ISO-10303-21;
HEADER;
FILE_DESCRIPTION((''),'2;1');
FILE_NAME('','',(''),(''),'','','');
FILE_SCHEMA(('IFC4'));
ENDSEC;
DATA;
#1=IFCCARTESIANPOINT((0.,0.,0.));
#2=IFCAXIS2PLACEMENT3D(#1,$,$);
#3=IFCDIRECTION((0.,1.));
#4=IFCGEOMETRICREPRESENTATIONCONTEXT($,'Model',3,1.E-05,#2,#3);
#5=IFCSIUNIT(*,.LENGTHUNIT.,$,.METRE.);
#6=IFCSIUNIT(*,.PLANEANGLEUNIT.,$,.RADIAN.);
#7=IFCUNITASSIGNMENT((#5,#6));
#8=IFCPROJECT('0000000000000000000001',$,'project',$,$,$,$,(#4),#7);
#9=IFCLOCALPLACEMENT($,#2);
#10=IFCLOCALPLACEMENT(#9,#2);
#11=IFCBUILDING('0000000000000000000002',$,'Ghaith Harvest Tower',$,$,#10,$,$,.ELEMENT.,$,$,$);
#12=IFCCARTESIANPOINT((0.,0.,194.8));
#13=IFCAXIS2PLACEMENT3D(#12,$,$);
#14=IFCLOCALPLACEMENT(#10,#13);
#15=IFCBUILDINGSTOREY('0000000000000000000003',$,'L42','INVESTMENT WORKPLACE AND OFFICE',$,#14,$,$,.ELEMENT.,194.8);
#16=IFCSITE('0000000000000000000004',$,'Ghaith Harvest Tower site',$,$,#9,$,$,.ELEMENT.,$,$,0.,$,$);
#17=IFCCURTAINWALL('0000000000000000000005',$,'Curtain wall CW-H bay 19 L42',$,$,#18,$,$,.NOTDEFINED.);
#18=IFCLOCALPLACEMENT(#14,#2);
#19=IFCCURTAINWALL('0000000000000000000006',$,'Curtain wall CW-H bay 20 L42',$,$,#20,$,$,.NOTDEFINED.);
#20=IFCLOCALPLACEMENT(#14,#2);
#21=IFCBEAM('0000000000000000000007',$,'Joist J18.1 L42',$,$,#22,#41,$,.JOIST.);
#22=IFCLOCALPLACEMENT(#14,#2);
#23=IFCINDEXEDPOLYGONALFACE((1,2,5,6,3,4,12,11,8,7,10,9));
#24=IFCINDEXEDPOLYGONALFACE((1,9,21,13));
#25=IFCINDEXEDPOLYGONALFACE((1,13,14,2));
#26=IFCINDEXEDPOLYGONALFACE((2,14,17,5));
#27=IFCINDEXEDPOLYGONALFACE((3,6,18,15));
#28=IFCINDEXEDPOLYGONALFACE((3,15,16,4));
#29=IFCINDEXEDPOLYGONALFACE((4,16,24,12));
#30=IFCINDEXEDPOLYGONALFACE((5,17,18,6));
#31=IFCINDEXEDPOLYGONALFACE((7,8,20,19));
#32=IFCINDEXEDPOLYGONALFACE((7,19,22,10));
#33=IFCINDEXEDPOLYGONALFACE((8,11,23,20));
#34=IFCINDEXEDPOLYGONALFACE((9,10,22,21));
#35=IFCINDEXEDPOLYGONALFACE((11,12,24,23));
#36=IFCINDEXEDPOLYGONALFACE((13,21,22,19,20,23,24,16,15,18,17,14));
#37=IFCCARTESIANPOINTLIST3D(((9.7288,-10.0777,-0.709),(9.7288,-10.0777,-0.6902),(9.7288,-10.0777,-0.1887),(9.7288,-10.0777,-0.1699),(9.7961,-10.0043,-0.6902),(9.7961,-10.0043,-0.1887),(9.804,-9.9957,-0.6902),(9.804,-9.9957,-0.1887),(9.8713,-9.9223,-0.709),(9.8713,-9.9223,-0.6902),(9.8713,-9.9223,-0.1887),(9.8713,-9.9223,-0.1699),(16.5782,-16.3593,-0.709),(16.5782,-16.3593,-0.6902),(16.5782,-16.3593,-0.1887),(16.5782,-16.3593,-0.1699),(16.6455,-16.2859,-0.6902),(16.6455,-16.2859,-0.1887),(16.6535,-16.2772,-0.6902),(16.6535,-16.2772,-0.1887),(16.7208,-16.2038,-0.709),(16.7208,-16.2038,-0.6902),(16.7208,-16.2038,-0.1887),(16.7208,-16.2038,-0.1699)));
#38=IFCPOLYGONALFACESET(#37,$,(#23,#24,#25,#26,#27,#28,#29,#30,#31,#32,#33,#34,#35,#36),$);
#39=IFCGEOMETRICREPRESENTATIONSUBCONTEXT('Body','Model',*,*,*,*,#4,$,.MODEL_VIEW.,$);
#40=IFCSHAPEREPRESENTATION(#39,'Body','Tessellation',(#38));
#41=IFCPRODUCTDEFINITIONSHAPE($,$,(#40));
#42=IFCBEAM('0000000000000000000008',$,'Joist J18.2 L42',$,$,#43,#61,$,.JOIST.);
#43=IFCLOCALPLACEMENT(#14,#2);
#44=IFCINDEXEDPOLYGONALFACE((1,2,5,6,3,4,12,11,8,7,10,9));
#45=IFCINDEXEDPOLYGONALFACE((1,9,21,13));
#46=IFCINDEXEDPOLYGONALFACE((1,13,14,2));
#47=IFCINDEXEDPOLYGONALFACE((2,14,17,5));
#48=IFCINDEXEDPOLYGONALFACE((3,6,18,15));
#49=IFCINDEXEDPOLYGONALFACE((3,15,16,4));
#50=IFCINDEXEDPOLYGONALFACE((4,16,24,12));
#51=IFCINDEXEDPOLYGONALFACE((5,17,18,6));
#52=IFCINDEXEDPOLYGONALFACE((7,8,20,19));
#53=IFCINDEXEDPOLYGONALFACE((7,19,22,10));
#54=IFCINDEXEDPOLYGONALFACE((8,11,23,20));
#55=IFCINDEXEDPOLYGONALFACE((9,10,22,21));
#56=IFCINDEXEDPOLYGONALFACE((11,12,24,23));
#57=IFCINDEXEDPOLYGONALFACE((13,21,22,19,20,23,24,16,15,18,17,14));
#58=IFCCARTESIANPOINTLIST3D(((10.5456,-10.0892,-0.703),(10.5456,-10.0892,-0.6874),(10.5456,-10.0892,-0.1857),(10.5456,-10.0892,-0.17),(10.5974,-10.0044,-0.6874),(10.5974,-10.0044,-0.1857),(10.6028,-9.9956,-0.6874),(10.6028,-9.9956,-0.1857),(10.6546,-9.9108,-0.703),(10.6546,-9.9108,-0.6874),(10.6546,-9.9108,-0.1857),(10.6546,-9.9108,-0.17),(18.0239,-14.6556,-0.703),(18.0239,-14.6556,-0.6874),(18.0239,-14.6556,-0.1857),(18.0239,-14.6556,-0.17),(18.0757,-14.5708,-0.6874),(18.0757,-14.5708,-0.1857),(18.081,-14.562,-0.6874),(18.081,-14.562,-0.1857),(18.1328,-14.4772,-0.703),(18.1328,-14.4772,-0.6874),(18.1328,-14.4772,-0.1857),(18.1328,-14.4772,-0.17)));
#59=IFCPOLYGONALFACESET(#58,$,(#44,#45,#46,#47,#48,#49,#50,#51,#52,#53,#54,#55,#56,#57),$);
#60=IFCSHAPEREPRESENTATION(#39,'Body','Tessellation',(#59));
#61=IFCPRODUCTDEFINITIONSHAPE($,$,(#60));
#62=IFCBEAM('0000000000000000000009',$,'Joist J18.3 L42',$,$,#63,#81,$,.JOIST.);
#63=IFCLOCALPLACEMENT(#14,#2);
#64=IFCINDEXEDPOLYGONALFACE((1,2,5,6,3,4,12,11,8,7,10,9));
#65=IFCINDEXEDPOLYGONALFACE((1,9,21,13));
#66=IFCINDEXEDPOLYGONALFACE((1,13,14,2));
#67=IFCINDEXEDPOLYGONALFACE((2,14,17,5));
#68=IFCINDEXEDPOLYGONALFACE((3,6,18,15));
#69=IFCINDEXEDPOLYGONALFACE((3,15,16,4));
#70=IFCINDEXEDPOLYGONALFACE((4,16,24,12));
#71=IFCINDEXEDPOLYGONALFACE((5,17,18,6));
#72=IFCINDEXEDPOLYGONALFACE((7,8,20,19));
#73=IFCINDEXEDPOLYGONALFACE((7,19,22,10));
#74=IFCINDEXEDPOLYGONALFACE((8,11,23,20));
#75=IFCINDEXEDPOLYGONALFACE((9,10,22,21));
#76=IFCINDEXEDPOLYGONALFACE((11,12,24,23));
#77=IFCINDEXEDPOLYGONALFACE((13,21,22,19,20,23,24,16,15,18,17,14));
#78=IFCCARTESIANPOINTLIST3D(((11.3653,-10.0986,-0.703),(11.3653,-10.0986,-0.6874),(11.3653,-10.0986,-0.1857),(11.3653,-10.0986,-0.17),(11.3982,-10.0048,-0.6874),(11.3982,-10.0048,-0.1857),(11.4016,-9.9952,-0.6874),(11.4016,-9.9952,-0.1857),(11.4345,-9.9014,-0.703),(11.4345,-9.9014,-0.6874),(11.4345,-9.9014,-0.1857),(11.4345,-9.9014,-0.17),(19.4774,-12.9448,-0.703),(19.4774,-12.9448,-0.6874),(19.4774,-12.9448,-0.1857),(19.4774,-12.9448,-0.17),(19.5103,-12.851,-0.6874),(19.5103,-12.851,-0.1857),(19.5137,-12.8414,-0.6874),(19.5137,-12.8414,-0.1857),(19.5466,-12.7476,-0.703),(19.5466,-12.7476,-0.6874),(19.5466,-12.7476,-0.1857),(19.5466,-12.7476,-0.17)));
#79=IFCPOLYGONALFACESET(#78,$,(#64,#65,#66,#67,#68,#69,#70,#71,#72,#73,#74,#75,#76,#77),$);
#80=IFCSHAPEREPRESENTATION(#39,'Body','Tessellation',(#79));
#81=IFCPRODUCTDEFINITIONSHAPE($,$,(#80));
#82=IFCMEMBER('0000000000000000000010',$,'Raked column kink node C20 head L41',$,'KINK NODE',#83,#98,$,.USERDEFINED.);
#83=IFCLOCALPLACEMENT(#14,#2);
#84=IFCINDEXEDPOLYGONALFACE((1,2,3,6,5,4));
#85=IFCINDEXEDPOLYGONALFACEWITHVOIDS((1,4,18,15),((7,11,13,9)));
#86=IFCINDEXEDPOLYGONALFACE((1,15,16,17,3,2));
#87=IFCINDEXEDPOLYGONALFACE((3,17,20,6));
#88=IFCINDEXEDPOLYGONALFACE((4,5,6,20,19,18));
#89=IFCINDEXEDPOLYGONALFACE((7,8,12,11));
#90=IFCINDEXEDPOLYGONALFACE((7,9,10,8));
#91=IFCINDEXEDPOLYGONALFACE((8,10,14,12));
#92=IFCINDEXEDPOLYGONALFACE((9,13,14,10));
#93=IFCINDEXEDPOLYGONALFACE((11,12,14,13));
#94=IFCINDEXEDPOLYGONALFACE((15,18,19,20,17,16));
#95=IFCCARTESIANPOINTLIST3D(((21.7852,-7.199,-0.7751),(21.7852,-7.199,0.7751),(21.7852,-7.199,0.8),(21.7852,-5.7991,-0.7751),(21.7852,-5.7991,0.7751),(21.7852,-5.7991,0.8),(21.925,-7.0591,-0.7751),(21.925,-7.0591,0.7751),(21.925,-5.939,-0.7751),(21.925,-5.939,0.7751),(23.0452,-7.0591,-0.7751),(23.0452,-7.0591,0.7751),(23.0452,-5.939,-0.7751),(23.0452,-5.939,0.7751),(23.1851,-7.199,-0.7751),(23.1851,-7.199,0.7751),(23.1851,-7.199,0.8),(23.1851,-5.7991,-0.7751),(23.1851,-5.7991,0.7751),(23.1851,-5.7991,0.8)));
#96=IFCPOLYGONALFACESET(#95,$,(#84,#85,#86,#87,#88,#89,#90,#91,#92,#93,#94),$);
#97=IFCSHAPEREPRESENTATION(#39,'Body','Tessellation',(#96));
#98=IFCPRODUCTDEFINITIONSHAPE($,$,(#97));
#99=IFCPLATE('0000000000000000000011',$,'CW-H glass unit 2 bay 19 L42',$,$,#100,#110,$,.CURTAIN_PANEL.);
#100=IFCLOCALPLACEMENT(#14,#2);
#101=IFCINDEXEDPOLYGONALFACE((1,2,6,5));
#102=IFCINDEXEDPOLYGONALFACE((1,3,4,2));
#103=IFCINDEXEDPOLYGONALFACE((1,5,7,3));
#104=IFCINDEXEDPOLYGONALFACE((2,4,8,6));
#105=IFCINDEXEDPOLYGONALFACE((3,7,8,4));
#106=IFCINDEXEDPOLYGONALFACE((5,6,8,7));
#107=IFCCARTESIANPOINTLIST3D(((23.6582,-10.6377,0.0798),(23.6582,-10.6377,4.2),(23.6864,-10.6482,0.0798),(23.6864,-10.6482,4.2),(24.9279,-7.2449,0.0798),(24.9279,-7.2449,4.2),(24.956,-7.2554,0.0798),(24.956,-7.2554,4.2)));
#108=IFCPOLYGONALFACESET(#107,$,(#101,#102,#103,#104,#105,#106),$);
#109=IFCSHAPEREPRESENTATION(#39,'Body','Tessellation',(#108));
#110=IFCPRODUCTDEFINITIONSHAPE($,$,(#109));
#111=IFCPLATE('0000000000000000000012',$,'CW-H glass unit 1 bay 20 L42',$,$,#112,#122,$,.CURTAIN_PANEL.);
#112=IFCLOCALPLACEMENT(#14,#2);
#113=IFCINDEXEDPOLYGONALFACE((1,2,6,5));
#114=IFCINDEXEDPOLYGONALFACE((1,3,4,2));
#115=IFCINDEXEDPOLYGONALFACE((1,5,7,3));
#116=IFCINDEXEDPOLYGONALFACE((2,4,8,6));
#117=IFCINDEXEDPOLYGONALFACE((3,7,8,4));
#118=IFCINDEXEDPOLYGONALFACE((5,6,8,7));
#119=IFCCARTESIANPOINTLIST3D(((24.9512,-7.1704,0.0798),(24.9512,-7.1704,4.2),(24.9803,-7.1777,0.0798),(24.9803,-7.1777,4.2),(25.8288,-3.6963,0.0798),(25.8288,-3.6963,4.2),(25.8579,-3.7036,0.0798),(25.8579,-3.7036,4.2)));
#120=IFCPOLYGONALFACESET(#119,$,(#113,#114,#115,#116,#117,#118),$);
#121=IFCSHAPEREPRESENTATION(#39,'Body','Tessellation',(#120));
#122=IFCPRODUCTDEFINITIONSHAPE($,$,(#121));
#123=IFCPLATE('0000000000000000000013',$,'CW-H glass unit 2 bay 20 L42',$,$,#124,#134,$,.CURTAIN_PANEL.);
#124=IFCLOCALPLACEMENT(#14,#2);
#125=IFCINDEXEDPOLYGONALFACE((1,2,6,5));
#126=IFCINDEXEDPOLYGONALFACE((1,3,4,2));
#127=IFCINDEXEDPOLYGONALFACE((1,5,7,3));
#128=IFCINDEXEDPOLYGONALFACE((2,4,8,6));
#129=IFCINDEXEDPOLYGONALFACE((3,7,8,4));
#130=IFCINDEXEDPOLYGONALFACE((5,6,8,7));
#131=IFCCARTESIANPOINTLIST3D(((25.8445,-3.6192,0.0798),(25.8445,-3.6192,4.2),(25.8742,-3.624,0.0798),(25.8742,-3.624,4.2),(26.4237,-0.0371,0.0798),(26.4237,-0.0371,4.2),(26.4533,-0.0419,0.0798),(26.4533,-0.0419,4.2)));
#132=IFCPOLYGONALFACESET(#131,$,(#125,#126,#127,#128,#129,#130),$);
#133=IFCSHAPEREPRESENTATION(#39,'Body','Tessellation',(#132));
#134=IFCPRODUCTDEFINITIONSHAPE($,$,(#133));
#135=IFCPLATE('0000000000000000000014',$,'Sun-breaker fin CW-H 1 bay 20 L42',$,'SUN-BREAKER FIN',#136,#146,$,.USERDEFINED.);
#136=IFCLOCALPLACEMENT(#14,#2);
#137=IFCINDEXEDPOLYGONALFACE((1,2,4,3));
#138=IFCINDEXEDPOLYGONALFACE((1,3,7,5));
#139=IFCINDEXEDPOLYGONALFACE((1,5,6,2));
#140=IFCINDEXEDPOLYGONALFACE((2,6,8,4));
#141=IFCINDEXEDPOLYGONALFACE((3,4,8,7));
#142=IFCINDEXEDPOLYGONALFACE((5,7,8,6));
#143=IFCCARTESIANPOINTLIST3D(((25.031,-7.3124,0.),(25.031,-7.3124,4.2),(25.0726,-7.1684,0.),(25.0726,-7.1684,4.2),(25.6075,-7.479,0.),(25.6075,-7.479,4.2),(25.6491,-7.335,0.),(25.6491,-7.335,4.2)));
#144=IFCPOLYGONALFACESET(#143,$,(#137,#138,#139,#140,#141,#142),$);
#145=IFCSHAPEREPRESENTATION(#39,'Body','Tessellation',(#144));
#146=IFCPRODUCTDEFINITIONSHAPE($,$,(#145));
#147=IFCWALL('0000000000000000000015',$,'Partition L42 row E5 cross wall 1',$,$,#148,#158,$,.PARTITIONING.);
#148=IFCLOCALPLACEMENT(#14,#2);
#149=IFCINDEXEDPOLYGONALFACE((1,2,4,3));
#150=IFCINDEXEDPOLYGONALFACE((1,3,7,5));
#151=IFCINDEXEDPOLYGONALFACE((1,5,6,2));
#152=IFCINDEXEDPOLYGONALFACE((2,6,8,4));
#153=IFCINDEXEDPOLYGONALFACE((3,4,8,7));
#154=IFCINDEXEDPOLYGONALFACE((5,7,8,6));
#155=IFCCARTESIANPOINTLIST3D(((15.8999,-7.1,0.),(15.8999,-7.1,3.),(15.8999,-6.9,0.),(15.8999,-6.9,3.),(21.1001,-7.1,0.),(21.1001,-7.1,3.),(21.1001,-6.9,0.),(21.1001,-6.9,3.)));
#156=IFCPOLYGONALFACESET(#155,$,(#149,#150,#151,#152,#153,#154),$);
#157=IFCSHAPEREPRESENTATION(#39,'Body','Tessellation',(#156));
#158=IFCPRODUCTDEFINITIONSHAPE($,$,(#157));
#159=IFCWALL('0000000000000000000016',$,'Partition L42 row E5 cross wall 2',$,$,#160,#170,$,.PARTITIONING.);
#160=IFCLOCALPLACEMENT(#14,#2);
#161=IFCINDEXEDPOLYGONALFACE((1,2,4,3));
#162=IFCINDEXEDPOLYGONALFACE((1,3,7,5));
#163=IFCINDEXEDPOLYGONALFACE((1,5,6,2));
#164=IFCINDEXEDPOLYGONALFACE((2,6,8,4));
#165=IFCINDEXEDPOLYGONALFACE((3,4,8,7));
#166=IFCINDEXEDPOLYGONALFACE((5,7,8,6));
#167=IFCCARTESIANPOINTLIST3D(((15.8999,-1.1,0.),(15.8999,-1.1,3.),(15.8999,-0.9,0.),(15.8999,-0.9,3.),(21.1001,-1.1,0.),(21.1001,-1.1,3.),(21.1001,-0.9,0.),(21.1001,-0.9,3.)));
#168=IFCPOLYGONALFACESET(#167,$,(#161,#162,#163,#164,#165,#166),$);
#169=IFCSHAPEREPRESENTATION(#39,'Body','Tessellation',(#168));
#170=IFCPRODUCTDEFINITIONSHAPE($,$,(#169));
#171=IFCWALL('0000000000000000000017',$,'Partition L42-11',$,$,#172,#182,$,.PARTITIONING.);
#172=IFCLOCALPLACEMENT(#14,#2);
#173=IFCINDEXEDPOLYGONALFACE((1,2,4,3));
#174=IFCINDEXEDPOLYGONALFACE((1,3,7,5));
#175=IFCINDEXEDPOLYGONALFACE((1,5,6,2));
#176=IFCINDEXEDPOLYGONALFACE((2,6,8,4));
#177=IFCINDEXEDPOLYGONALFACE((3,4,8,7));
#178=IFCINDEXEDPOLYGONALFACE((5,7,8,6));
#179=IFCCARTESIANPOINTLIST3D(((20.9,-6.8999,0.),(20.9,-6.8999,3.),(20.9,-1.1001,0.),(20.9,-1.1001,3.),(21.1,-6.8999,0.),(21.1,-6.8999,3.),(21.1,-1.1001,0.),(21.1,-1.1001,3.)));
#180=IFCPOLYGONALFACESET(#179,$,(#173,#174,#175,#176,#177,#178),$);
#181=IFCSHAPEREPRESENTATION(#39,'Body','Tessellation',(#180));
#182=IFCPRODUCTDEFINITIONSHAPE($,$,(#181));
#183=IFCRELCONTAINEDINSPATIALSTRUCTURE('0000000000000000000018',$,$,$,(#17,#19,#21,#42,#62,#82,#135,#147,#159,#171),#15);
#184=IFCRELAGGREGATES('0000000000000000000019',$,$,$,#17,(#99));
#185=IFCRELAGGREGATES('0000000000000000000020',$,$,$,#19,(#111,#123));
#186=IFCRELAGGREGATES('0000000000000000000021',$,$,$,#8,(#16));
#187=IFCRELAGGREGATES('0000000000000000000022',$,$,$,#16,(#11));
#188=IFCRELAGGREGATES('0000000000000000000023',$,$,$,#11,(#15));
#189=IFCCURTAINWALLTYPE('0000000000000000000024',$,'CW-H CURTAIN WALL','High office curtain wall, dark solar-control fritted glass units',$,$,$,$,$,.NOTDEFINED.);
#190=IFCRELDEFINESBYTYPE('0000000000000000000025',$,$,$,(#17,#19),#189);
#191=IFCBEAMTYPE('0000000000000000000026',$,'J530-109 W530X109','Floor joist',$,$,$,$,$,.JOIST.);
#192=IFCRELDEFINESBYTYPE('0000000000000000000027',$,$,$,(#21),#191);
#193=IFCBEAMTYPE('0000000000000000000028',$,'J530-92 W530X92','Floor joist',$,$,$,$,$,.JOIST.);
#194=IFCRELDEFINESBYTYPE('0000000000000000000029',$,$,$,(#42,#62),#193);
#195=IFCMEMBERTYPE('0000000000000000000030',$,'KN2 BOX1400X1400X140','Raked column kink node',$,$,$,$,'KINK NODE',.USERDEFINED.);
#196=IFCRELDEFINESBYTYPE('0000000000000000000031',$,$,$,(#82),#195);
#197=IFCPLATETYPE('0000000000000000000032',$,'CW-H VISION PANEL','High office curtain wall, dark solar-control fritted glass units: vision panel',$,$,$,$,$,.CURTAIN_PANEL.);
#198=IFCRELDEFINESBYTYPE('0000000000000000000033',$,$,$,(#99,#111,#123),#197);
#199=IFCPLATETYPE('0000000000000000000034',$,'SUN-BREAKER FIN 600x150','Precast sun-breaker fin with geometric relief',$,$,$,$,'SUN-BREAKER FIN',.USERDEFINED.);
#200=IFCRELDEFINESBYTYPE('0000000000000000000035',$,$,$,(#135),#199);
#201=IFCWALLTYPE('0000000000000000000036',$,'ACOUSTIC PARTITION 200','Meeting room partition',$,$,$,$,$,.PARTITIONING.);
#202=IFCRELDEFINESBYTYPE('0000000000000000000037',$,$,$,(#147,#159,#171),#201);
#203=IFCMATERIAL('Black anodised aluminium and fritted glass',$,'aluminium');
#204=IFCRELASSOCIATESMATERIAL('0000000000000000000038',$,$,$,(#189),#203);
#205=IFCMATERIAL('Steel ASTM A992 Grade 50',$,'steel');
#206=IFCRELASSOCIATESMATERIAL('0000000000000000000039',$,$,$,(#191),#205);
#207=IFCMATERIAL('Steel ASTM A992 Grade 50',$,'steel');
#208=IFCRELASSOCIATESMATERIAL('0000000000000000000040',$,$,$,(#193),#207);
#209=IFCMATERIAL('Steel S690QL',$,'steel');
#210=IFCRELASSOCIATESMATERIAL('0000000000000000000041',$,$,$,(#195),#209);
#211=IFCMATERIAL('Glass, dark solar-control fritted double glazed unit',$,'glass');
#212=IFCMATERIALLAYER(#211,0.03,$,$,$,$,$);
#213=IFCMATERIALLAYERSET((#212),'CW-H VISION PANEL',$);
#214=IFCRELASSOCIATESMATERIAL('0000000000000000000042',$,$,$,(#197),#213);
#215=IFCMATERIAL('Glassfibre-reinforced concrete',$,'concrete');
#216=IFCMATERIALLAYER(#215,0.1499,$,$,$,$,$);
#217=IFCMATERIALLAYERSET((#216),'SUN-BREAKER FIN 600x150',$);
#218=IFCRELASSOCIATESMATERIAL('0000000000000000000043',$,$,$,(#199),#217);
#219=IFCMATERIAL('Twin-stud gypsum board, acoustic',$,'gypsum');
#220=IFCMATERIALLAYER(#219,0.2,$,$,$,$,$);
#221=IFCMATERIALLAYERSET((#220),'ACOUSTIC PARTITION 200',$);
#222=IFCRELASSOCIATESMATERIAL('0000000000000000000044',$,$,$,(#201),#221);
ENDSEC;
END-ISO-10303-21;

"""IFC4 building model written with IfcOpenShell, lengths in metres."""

from ifc_helpers import new_model, si_unit, direction, frame, frame_2d, origin, origin_2d, place, context, subcontext, project, spatial, rectangle, hollow_rectangle, i_section, extrude, boolean, material, layer, layer_set, material_profile, profile_set, type_object, element, aggregate, save


model = new_model("IFC4")

# Units and contexts
model_context = context("Model", 3, precision=1e-05, world=origin(), true_north=direction((0.0, 1.0)))
body_context = subcontext(model_context, "Body", "Model", "MODEL_VIEW")
ifc_project = project(units=[si_unit("LENGTHUNIT", "METRE"), si_unit("PLANEANGLEUNIT", "RADIAN")], contexts=[model_context])

# Site, building, storey
site_placement = place(None, origin())
site = spatial("IfcSite", under=ifc_project, at=site_placement, Name="Ghaith Harvest Tower site", CompositionType="ELEMENT", RefElevation=0.0)
building_placement = place(site_placement, origin())
building = spatial("IfcBuilding", under=site, at=building_placement, Name="Ghaith Harvest Tower", CompositionType="ELEMENT")
storey_placement = place(building_placement, frame((0.0, 0.0, 194.8)))
storey = spatial("IfcBuildingStorey", under=building, at=storey_placement, Name="L42", Description="INVESTMENT WORKPLACE AND OFFICE", CompositionType="ELEMENT", Elevation=194.8)

# Curtain wall
ifc_material_1 = material(Name="Black anodised aluminium and fritted glass", Category="aluminium")
curtain_wall_type = type_object("IfcCurtainWallType", Name="CW-H CURTAIN WALL", Description="High office curtain wall, dark solar-control fritted glass units", PredefinedType="NOTDEFINED", material=ifc_material_1)
curtain_wall_1_placement = place(storey_placement, origin())
curtain_wall_1 = element("IfcCurtainWall", 1, at=curtain_wall_1_placement, inside=storey, type_object=curtain_wall_type, Name="Curtain wall CW-H bay 19 L42", PredefinedType="NOTDEFINED")

# Curtain wall
curtain_wall_2_placement = place(storey_placement, origin())
curtain_wall_2 = element("IfcCurtainWall", 2, at=curtain_wall_2_placement, inside=storey, type_object=curtain_wall_type, Name="Curtain wall CW-H bay 20 L42", PredefinedType="NOTDEFINED")

# Beams
ifc_material_2 = material(Name="Steel ASTM A992 Grade 50", Category="steel")
ifc_material_profile_1 = material_profile(ifc_material_2, i_section(OverallWidth=0.2109, OverallDepth=0.5391, WebThickness=0.0117, FlangeThickness=0.0188, at=origin_2d()), Name="W530X109")
ifc_profile_set_1 = profile_set([ifc_material_profile_1], Name="Steel ASTM A992 Grade 50")
beam_type_1 = type_object("IfcBeamType", Name="J530-109 W530X109", Description="Floor joist", PredefinedType="JOIST", material=ifc_profile_set_1)
beam_1_placement = place(storey_placement, frame((9.8, -10.0, -0.4395), z_axis=(0.736998, -0.675895, 0.0), x_axis=(0.675895, 0.736998, 0.0)))
element("IfcBeam", 3, at=beam_1_placement, inside=storey, type_object=beam_type_1, Name="Joist J18.1 L42", PredefinedType="JOIST", context=body_context, shape_type="SweptSolid", body=[
    extrude(i_section(OverallWidth=0.2109, OverallDepth=0.5391, WebThickness=0.0117, FlangeThickness=0.0188, at=origin_2d()), origin(), (0.0, 0.0, 1.0), 9.2937),
])
ifc_material_3 = material(Name="Steel ASTM A992 Grade 50", Category="steel")
ifc_material_profile_2 = material_profile(ifc_material_3, i_section(OverallWidth=0.209, OverallDepth=0.533, WebThickness=0.0103, FlangeThickness=0.0156, at=origin_2d()), Name="W530X92")
ifc_profile_set_2 = profile_set([ifc_material_profile_2], Name="Steel ASTM A992 Grade 50")
beam_type_2 = type_object("IfcBeamType", Name="J530-92 W530X92", Description="Floor joist", PredefinedType="JOIST", material=ifc_profile_set_2)
beam_2_placement = place(storey_placement, frame((10.6001, -10.0, -0.4365), z_axis=(0.853467, -0.521147, 0.0), x_axis=(0.521147, 0.853467, 0.0)))
element("IfcBeam", 4, at=beam_2_placement, inside=storey, type_object=beam_type_2, Name="Joist J18.2 L42", PredefinedType="JOIST", context=body_context, shape_type="SweptSolid", body=[
    extrude(i_section(OverallWidth=0.209, OverallDepth=0.533, WebThickness=0.0103, FlangeThickness=0.0156, at=origin_2d()), origin(), (0.0, 0.0, 1.0), 8.7622),
])
beam_3_placement = place(storey_placement, frame((11.3999, -10.0, -0.4365), z_axis=(0.943605, -0.331073, 0.0), x_axis=(0.331073, 0.943605, 0.0)))
element("IfcBeam", 5, at=beam_3_placement, inside=storey, type_object=beam_type_2, Name="Joist J18.3 L42", PredefinedType="JOIST", context=body_context, shape_type="SweptSolid", body=[
    extrude(i_section(OverallWidth=0.209, OverallDepth=0.533, WebThickness=0.0103, FlangeThickness=0.0156, at=origin_2d()), origin(), (0.0, 0.0, 1.0), 8.5969),
])

# Member
ifc_material_4 = material(Name="Steel S690QL", Category="steel")
ifc_material_profile_3 = material_profile(ifc_material_4, hollow_rectangle(XDim=1.3999, YDim=1.3999, WallThickness=0.1399, at=origin_2d()), Name="BOX1400X1400X140")
ifc_profile_set_3 = profile_set([ifc_material_profile_3], Name="Steel S690QL")
member_type_1 = type_object("IfcMemberType", Name="KN2 BOX1400X1400X140", Description="Raked column kink node", ElementType="KINK NODE", PredefinedType="USERDEFINED", material=ifc_profile_set_3)
member_1_placement = place(storey_placement, frame((22.4851, -6.499, -0.7751), z_axis=(0.0, 0.0, 1.0), x_axis=(1.0, 0.0, 0.0)))
element("IfcMember", 6, at=member_1_placement, inside=storey, type_object=member_type_1, Name="Raked column kink node C20 head L41", ObjectType="KINK NODE", PredefinedType="USERDEFINED", context=body_context, shape_type="CSG", body=[
    boolean("UNION", extrude(hollow_rectangle(XDim=1.3999, YDim=1.3999, WallThickness=0.1399, at=origin_2d()), origin(), (0.0, 0.0, 1.0), 1.5503), extrude(rectangle(XDim=1.3999, YDim=1.3999, at=origin_2d()), frame((0.0, 0.0, 1.5503)), (0.0, 0.0, 1.0), 0.0249)),
])

# Plates
ifc_material_5 = material(Name="Glass, dark solar-control fritted double glazed unit", Category="glass")
ifc_layer_1 = layer(ifc_material_5, 0.03)
ifc_layer_set_1 = layer_set([ifc_layer_1], Name="CW-H VISION PANEL")
plate_type_1 = type_object("IfcPlateType", Name="CW-H VISION PANEL", Description="High office curtain wall, dark solar-control fritted glass units: vision panel", PredefinedType="CURTAIN_PANEL", material=ifc_layer_set_1)
plate_1_placement = place(storey_placement, frame((24.3071, -8.9465, 0.0798), z_axis=(0.0, 0.0, 1.0), x_axis=(0.350481, 0.93657, 0.0)))
plate_1 = element("IfcPlate", 7, at=plate_1_placement, type_object=plate_type_1, Name="CW-H glass unit 2 bay 19 L42", PredefinedType="CURTAIN_PANEL", context=body_context, shape_type="SweptSolid", body=[
    extrude(rectangle(XDim=3.6226, YDim=0.03, at=origin_2d()), origin(), (0.0, 0.0, 1.0), 4.1201),
])
aggregate(curtain_wall_1, [plate_1])
plate_2_placement = place(storey_placement, frame((25.4045, -5.437, 0.0798), z_axis=(0.0, 0.0, 1.0), x_axis=(0.244926, 0.969542, 0.0)))
plate_2 = element("IfcPlate", 8, at=plate_2_placement, type_object=plate_type_1, Name="CW-H glass unit 1 bay 20 L42", PredefinedType="CURTAIN_PANEL", context=body_context, shape_type="SweptSolid", body=[
    extrude(rectangle(XDim=3.5833, YDim=0.03, at=origin_2d()), origin(), (0.0, 0.0, 1.0), 4.1201),
])
plate_3_placement = place(storey_placement, frame((26.1489, -1.8306, 0.0798), z_axis=(0.0, 0.0, 1.0), x_axis=(0.159601, 0.987182, 0.0)))
plate_3 = element("IfcPlate", 9, at=plate_3_placement, type_object=plate_type_1, Name="CW-H glass unit 2 bay 20 L42", PredefinedType="CURTAIN_PANEL", context=body_context, shape_type="SweptSolid", body=[
    extrude(rectangle(XDim=3.6287, YDim=0.03, at=origin_2d()), origin(), (0.0, 0.0, 1.0), 4.1201),
])
aggregate(curtain_wall_2, [plate_2, plate_3])
ifc_material_6 = material(Name="Glassfibre-reinforced concrete", Category="concrete")
ifc_layer_2 = layer(ifc_material_6, 0.1499)
ifc_layer_set_2 = layer_set([ifc_layer_2], Name="SUN-BREAKER FIN 600x150")
plate_type_2 = type_object("IfcPlateType", Name="SUN-BREAKER FIN 600x150", Description="Precast sun-breaker fin with geometric relief", ElementType="SUN-BREAKER FIN", PredefinedType="USERDEFINED", material=ifc_layer_set_2)
plate_4_placement = place(storey_placement, frame((25.3401, -7.3237, 0.0), z_axis=(0.0, 0.0, 1.0), x_axis=(0.96068, -0.277657, 0.0)))
element("IfcPlate", 10, at=plate_4_placement, inside=storey, type_object=plate_type_2, Name="Sun-breaker fin CW-H 1 bay 20 L42", ObjectType="SUN-BREAKER FIN", PredefinedType="USERDEFINED", context=body_context, shape_type="SweptSolid", body=[
    extrude(rectangle(XDim=0.6001, YDim=0.1499, at=origin_2d()), origin(), (0.0, 0.0, 1.0), 4.2),
])

# Walls
ifc_material_7 = material(Name="Twin-stud gypsum board, acoustic", Category="gypsum")
ifc_layer_3 = layer(ifc_material_7, 0.2)
ifc_layer_set_3 = layer_set([ifc_layer_3], Name="ACOUSTIC PARTITION 200")
wall_type_1 = type_object("IfcWallType", Name="ACOUSTIC PARTITION 200", Description="Meeting room partition", PredefinedType="PARTITIONING", material=ifc_layer_set_3)
for number, where, z_axis, x_axis, name in (
    (11, (15.8999, -7.0, 0.0), (0.0, 0.0, 1.0), (1.0, 0.0, 0.0), "Partition L42 row E5 cross wall 1"),
    (12, (15.8999, -1.0, 0.0), (0.0, 0.0, 1.0), (1.0, 0.0, 0.0), "Partition L42 row E5 cross wall 2"),
):
    element("IfcWall", number, at=place(storey_placement, frame(where, z_axis=z_axis, x_axis=x_axis)), inside=storey, type_object=wall_type_1, Name=name, PredefinedType="PARTITIONING", context=body_context, shape_type="SweptSolid", body=[
        extrude(rectangle(XDim=5.2002, YDim=0.2, at=frame_2d((2.6001, 0.0))), origin(), (0.0, 0.0, 1.0), 3.0),
    ])

# Wall
wall_1_placement = place(storey_placement, frame((21.0, -6.8999, 0.0), z_axis=(0.0, 0.0, 1.0), x_axis=(0.0, 1.0, 0.0)))
element("IfcWall", 13, at=wall_1_placement, inside=storey, type_object=wall_type_1, Name="Partition L42-11", PredefinedType="PARTITIONING", context=body_context, shape_type="SweptSolid", body=[
    extrude(rectangle(XDim=5.7998, YDim=0.2, at=frame_2d((2.8999, 0.0))), origin(), (0.0, 0.0, 1.0), 3.0),
])

save(model, "model.ifc")
